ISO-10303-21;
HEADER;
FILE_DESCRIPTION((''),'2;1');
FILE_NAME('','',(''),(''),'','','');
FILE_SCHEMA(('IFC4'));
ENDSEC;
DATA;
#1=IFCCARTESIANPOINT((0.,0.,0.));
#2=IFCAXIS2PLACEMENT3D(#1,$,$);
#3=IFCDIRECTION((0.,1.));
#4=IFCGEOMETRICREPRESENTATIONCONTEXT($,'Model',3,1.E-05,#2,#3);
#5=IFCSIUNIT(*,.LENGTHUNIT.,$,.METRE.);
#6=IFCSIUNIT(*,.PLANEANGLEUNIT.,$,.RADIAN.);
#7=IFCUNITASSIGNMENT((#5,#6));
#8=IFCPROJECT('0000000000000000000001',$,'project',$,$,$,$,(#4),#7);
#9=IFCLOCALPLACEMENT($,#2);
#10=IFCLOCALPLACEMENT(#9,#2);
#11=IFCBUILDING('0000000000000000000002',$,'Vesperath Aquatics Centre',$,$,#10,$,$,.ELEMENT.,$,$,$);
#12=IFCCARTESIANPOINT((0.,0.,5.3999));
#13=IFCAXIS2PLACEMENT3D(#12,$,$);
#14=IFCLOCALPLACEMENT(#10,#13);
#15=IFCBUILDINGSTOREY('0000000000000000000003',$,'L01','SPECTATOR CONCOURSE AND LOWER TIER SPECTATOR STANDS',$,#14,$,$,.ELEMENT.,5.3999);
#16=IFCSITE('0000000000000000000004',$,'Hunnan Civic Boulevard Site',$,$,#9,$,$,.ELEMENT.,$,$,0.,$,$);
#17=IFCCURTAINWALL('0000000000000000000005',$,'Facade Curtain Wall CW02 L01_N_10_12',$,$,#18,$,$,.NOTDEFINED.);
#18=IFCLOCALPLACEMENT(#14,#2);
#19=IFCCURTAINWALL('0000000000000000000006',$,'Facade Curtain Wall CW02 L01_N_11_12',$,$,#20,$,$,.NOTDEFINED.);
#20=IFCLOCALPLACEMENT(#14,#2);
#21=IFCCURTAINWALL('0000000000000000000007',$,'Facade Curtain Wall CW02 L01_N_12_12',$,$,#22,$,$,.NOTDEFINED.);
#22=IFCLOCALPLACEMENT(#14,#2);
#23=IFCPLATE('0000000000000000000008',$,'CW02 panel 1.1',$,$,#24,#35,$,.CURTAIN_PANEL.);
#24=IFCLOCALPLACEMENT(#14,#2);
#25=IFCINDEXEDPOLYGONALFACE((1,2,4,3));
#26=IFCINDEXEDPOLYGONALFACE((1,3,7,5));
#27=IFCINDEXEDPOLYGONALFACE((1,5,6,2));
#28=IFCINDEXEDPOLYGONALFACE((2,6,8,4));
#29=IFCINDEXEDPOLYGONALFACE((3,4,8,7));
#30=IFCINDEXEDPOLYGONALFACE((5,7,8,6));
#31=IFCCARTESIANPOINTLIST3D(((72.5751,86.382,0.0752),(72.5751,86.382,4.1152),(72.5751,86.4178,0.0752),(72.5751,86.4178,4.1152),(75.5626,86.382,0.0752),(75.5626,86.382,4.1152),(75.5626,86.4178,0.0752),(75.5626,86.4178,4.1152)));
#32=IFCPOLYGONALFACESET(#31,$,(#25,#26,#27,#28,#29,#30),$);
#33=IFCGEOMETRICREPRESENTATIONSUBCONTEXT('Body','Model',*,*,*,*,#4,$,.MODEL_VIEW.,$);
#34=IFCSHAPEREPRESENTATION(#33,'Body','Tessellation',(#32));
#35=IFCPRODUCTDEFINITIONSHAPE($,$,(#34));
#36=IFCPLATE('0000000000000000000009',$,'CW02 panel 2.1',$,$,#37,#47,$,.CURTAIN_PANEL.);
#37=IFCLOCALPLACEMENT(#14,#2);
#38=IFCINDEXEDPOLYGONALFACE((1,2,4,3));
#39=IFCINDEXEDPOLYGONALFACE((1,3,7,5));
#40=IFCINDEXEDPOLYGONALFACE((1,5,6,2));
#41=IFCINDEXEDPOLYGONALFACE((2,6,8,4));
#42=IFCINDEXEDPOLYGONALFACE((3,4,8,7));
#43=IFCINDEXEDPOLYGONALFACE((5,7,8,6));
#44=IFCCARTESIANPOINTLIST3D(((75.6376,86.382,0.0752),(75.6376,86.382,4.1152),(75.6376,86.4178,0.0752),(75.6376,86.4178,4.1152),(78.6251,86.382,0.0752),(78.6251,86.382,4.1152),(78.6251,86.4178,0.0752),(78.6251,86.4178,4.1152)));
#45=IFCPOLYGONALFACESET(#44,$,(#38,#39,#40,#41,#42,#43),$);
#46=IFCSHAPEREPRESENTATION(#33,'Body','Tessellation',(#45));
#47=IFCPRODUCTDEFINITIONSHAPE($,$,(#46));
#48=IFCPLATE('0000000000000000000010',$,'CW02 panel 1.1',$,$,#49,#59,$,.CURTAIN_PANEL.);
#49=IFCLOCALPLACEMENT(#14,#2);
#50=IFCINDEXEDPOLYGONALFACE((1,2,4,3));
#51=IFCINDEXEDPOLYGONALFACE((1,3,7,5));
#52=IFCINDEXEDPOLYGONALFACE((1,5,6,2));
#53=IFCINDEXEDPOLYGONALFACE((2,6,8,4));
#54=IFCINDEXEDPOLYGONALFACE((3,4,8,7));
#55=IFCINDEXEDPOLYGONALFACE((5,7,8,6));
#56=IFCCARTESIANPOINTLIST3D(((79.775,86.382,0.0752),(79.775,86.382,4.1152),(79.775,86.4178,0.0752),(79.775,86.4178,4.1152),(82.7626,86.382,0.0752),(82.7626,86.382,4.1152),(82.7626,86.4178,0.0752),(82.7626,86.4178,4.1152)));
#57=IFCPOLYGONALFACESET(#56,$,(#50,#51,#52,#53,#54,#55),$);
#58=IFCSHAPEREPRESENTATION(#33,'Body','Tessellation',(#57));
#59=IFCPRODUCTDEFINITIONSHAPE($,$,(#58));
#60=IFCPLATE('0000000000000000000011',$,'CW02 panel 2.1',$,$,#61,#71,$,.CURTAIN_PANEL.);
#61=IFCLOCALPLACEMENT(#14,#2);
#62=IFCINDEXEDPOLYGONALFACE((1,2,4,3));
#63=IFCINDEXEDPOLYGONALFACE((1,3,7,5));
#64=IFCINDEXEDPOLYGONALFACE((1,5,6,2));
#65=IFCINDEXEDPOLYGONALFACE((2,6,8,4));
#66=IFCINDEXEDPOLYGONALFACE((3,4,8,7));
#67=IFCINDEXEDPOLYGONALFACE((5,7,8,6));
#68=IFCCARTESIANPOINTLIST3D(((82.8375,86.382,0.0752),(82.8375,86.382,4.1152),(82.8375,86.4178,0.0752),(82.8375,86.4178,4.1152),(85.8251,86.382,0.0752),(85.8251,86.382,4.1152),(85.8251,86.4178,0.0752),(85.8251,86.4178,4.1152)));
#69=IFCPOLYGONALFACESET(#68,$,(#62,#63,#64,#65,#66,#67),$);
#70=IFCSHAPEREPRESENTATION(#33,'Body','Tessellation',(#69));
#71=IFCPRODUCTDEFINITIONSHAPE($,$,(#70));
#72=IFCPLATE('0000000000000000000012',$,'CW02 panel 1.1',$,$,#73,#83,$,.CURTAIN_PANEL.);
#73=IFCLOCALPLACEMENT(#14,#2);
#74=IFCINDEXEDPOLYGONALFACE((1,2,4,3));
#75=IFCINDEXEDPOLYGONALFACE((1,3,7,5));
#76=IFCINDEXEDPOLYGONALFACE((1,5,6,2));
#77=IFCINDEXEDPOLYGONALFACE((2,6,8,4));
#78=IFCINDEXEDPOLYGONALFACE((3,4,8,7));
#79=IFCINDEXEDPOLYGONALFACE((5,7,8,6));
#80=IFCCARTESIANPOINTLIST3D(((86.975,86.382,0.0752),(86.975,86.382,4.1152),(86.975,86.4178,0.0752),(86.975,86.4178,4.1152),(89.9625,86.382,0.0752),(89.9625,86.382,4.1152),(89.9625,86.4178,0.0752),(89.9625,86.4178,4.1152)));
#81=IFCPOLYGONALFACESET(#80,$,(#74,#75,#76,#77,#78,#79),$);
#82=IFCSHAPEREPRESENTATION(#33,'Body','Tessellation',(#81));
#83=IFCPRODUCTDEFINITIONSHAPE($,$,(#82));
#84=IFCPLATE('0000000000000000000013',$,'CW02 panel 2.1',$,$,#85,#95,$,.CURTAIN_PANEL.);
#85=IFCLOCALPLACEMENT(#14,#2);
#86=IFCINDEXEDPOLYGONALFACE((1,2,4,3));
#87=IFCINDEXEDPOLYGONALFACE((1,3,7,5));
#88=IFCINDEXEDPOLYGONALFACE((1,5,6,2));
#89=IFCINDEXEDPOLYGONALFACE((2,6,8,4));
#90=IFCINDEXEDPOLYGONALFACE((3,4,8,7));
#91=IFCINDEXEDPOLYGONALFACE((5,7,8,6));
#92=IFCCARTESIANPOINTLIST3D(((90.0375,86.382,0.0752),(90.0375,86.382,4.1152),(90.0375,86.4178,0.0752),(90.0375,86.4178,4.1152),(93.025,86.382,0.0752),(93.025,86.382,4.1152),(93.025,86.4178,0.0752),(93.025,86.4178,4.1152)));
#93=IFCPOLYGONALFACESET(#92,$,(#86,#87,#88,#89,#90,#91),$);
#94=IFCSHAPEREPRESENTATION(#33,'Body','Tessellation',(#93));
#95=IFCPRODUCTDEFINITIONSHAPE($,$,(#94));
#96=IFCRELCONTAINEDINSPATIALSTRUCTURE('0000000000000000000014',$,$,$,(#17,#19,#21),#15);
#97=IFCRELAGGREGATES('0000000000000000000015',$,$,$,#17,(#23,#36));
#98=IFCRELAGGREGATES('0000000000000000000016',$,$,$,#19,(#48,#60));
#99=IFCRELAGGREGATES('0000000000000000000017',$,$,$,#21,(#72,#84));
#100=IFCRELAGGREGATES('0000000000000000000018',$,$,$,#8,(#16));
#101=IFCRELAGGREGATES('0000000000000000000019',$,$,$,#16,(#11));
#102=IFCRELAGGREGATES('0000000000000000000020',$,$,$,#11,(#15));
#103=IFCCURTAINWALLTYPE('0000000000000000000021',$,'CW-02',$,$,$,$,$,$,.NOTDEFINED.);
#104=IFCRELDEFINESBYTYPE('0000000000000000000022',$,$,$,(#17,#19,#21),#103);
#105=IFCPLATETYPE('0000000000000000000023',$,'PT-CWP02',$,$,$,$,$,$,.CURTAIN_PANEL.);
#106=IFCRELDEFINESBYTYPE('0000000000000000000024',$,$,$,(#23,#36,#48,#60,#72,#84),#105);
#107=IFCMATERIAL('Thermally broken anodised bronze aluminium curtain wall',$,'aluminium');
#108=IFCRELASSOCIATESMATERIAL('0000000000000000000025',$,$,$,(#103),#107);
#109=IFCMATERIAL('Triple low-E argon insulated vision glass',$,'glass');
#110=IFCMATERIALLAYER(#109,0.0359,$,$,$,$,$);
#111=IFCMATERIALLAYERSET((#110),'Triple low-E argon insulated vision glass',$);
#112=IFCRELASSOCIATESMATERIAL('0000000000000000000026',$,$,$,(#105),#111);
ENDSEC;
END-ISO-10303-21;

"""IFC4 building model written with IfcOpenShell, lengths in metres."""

from ifc_helpers import new_model, si_unit, direction, frame, origin, origin_2d, place, context, subcontext, project, spatial, rectangle, extrude, material, layer, layer_set, type_object, element, aggregate, save


model = new_model("IFC4")

# Units and contexts
model_context = context("Model", 3, precision=1e-05, world=origin(), true_north=direction((0.0, 1.0)))
body_context = subcontext(model_context, "Body", "Model", "MODEL_VIEW")
ifc_project = project(units=[si_unit("LENGTHUNIT", "METRE"), si_unit("PLANEANGLEUNIT", "RADIAN")], contexts=[model_context])

# Site, building, storey
site_placement = place(None, origin())
site = spatial("IfcSite", under=ifc_project, at=site_placement, Name="Hunnan Civic Boulevard Site", CompositionType="ELEMENT", RefElevation=0.0)
building_placement = place(site_placement, origin())
building = spatial("IfcBuilding", under=site, at=building_placement, Name="Vesperath Aquatics Centre", CompositionType="ELEMENT")
storey_placement = place(building_placement, frame((0.0, 0.0, 5.3999)))
storey = spatial("IfcBuildingStorey", under=building, at=storey_placement, Name="L01", Description="SPECTATOR CONCOURSE AND LOWER TIER SPECTATOR STANDS", CompositionType="ELEMENT", Elevation=5.3999)

# Curtain walls
ifc_material_1 = material(Name="Thermally broken anodised bronze aluminium curtain wall", Category="aluminium")
curtain_wall_type = type_object("IfcCurtainWallType", Name="CW-02", PredefinedType="NOTDEFINED", material=ifc_material_1)
curtain_wall_1_placement = place(storey_placement, origin())
curtain_wall_1 = element("IfcCurtainWall", 1, at=curtain_wall_1_placement, inside=storey, type_object=curtain_wall_type, Name="Facade Curtain Wall CW02 L01_N_10_12", PredefinedType="NOTDEFINED")
curtain_wall_2_placement = place(storey_placement, origin())
curtain_wall_2 = element("IfcCurtainWall", 2, at=curtain_wall_2_placement, inside=storey, type_object=curtain_wall_type, Name="Facade Curtain Wall CW02 L01_N_11_12", PredefinedType="NOTDEFINED")
curtain_wall_3_placement = place(storey_placement, origin())
curtain_wall_3 = element("IfcCurtainWall", 3, at=curtain_wall_3_placement, inside=storey, type_object=curtain_wall_type, Name="Facade Curtain Wall CW02 L01_N_12_12", PredefinedType="NOTDEFINED")

# Plates
ifc_material_2 = material(Name="Triple low-E argon insulated vision glass", Category="glass")
ifc_layer = layer(ifc_material_2, 0.0359)
ifc_layer_set = layer_set([ifc_layer], Name="Triple low-E argon insulated vision glass")
plate_type = type_object("IfcPlateType", Name="PT-CWP02", PredefinedType="CURTAIN_PANEL", material=ifc_layer_set)
plate_1_placement = place(storey_placement, frame((74.0688, 86.3999, 0.0752), z_axis=(0.0, 0.0, 1.0), x_axis=(1.0, 0.0, 0.0)))
plate_1 = element("IfcPlate", 4, at=plate_1_placement, type_object=plate_type, Name="CW02 panel 1.1", PredefinedType="CURTAIN_PANEL", context=body_context, shape_type="SweptSolid", body=[
    extrude(rectangle(XDim=2.9875, YDim=0.0359, at=origin_2d()), origin(), (0.0, 0.0, 1.0), 4.04),
])
plate_2_placement = place(storey_placement, frame((77.1313, 86.3999, 0.0752), z_axis=(0.0, 0.0, 1.0), x_axis=(1.0, 0.0, 0.0)))
plate_2 = element("IfcPlate", 5, at=plate_2_placement, type_object=plate_type, Name="CW02 panel 2.1", PredefinedType="CURTAIN_PANEL", context=body_context, shape_type="SweptSolid", body=[
    extrude(rectangle(XDim=2.9875, YDim=0.0359, at=origin_2d()), origin(), (0.0, 0.0, 1.0), 4.04),
])
aggregate(curtain_wall_1, [plate_1, plate_2])
plate_3_placement = place(storey_placement, frame((81.2688, 86.3999, 0.0752), z_axis=(0.0, 0.0, 1.0), x_axis=(1.0, 0.0, 0.0)))
plate_3 = element("IfcPlate", 6, at=plate_3_placement, type_object=plate_type, Name="CW02 panel 1.1", PredefinedType="CURTAIN_PANEL", context=body_context, shape_type="SweptSolid", body=[
    extrude(rectangle(XDim=2.9875, YDim=0.0359, at=origin_2d()), origin(), (0.0, 0.0, 1.0), 4.04),
])
plate_4_placement = place(storey_placement, frame((84.3313, 86.3999, 0.0752), z_axis=(0.0, 0.0, 1.0), x_axis=(1.0, 0.0, 0.0)))
plate_4 = element("IfcPlate", 7, at=plate_4_placement, type_object=plate_type, Name="CW02 panel 2.1", PredefinedType="CURTAIN_PANEL", context=body_context, shape_type="SweptSolid", body=[
    extrude(rectangle(XDim=2.9875, YDim=0.0359, at=origin_2d()), origin(), (0.0, 0.0, 1.0), 4.04),
])
aggregate(curtain_wall_2, [plate_3, plate_4])
plate_5_placement = place(storey_placement, frame((88.4688, 86.3999, 0.0752), z_axis=(0.0, 0.0, 1.0), x_axis=(1.0, 0.0, 0.0)))
plate_5 = element("IfcPlate", 8, at=plate_5_placement, type_object=plate_type, Name="CW02 panel 1.1", PredefinedType="CURTAIN_PANEL", context=body_context, shape_type="SweptSolid", body=[
    extrude(rectangle(XDim=2.9875, YDim=0.0359, at=origin_2d()), origin(), (0.0, 0.0, 1.0), 4.04),
])
plate_6_placement = place(storey_placement, frame((91.5312, 86.3999, 0.0752), z_axis=(0.0, 0.0, 1.0), x_axis=(1.0, 0.0, 0.0)))
plate_6 = element("IfcPlate", 9, at=plate_6_placement, type_object=plate_type, Name="CW02 panel 2.1", PredefinedType="CURTAIN_PANEL", context=body_context, shape_type="SweptSolid", body=[
    extrude(rectangle(XDim=2.9875, YDim=0.0359, at=origin_2d()), origin(), (0.0, 0.0, 1.0), 4.04),
])
aggregate(curtain_wall_3, [plate_5, plate_6])

save(model, "model.ifc")
